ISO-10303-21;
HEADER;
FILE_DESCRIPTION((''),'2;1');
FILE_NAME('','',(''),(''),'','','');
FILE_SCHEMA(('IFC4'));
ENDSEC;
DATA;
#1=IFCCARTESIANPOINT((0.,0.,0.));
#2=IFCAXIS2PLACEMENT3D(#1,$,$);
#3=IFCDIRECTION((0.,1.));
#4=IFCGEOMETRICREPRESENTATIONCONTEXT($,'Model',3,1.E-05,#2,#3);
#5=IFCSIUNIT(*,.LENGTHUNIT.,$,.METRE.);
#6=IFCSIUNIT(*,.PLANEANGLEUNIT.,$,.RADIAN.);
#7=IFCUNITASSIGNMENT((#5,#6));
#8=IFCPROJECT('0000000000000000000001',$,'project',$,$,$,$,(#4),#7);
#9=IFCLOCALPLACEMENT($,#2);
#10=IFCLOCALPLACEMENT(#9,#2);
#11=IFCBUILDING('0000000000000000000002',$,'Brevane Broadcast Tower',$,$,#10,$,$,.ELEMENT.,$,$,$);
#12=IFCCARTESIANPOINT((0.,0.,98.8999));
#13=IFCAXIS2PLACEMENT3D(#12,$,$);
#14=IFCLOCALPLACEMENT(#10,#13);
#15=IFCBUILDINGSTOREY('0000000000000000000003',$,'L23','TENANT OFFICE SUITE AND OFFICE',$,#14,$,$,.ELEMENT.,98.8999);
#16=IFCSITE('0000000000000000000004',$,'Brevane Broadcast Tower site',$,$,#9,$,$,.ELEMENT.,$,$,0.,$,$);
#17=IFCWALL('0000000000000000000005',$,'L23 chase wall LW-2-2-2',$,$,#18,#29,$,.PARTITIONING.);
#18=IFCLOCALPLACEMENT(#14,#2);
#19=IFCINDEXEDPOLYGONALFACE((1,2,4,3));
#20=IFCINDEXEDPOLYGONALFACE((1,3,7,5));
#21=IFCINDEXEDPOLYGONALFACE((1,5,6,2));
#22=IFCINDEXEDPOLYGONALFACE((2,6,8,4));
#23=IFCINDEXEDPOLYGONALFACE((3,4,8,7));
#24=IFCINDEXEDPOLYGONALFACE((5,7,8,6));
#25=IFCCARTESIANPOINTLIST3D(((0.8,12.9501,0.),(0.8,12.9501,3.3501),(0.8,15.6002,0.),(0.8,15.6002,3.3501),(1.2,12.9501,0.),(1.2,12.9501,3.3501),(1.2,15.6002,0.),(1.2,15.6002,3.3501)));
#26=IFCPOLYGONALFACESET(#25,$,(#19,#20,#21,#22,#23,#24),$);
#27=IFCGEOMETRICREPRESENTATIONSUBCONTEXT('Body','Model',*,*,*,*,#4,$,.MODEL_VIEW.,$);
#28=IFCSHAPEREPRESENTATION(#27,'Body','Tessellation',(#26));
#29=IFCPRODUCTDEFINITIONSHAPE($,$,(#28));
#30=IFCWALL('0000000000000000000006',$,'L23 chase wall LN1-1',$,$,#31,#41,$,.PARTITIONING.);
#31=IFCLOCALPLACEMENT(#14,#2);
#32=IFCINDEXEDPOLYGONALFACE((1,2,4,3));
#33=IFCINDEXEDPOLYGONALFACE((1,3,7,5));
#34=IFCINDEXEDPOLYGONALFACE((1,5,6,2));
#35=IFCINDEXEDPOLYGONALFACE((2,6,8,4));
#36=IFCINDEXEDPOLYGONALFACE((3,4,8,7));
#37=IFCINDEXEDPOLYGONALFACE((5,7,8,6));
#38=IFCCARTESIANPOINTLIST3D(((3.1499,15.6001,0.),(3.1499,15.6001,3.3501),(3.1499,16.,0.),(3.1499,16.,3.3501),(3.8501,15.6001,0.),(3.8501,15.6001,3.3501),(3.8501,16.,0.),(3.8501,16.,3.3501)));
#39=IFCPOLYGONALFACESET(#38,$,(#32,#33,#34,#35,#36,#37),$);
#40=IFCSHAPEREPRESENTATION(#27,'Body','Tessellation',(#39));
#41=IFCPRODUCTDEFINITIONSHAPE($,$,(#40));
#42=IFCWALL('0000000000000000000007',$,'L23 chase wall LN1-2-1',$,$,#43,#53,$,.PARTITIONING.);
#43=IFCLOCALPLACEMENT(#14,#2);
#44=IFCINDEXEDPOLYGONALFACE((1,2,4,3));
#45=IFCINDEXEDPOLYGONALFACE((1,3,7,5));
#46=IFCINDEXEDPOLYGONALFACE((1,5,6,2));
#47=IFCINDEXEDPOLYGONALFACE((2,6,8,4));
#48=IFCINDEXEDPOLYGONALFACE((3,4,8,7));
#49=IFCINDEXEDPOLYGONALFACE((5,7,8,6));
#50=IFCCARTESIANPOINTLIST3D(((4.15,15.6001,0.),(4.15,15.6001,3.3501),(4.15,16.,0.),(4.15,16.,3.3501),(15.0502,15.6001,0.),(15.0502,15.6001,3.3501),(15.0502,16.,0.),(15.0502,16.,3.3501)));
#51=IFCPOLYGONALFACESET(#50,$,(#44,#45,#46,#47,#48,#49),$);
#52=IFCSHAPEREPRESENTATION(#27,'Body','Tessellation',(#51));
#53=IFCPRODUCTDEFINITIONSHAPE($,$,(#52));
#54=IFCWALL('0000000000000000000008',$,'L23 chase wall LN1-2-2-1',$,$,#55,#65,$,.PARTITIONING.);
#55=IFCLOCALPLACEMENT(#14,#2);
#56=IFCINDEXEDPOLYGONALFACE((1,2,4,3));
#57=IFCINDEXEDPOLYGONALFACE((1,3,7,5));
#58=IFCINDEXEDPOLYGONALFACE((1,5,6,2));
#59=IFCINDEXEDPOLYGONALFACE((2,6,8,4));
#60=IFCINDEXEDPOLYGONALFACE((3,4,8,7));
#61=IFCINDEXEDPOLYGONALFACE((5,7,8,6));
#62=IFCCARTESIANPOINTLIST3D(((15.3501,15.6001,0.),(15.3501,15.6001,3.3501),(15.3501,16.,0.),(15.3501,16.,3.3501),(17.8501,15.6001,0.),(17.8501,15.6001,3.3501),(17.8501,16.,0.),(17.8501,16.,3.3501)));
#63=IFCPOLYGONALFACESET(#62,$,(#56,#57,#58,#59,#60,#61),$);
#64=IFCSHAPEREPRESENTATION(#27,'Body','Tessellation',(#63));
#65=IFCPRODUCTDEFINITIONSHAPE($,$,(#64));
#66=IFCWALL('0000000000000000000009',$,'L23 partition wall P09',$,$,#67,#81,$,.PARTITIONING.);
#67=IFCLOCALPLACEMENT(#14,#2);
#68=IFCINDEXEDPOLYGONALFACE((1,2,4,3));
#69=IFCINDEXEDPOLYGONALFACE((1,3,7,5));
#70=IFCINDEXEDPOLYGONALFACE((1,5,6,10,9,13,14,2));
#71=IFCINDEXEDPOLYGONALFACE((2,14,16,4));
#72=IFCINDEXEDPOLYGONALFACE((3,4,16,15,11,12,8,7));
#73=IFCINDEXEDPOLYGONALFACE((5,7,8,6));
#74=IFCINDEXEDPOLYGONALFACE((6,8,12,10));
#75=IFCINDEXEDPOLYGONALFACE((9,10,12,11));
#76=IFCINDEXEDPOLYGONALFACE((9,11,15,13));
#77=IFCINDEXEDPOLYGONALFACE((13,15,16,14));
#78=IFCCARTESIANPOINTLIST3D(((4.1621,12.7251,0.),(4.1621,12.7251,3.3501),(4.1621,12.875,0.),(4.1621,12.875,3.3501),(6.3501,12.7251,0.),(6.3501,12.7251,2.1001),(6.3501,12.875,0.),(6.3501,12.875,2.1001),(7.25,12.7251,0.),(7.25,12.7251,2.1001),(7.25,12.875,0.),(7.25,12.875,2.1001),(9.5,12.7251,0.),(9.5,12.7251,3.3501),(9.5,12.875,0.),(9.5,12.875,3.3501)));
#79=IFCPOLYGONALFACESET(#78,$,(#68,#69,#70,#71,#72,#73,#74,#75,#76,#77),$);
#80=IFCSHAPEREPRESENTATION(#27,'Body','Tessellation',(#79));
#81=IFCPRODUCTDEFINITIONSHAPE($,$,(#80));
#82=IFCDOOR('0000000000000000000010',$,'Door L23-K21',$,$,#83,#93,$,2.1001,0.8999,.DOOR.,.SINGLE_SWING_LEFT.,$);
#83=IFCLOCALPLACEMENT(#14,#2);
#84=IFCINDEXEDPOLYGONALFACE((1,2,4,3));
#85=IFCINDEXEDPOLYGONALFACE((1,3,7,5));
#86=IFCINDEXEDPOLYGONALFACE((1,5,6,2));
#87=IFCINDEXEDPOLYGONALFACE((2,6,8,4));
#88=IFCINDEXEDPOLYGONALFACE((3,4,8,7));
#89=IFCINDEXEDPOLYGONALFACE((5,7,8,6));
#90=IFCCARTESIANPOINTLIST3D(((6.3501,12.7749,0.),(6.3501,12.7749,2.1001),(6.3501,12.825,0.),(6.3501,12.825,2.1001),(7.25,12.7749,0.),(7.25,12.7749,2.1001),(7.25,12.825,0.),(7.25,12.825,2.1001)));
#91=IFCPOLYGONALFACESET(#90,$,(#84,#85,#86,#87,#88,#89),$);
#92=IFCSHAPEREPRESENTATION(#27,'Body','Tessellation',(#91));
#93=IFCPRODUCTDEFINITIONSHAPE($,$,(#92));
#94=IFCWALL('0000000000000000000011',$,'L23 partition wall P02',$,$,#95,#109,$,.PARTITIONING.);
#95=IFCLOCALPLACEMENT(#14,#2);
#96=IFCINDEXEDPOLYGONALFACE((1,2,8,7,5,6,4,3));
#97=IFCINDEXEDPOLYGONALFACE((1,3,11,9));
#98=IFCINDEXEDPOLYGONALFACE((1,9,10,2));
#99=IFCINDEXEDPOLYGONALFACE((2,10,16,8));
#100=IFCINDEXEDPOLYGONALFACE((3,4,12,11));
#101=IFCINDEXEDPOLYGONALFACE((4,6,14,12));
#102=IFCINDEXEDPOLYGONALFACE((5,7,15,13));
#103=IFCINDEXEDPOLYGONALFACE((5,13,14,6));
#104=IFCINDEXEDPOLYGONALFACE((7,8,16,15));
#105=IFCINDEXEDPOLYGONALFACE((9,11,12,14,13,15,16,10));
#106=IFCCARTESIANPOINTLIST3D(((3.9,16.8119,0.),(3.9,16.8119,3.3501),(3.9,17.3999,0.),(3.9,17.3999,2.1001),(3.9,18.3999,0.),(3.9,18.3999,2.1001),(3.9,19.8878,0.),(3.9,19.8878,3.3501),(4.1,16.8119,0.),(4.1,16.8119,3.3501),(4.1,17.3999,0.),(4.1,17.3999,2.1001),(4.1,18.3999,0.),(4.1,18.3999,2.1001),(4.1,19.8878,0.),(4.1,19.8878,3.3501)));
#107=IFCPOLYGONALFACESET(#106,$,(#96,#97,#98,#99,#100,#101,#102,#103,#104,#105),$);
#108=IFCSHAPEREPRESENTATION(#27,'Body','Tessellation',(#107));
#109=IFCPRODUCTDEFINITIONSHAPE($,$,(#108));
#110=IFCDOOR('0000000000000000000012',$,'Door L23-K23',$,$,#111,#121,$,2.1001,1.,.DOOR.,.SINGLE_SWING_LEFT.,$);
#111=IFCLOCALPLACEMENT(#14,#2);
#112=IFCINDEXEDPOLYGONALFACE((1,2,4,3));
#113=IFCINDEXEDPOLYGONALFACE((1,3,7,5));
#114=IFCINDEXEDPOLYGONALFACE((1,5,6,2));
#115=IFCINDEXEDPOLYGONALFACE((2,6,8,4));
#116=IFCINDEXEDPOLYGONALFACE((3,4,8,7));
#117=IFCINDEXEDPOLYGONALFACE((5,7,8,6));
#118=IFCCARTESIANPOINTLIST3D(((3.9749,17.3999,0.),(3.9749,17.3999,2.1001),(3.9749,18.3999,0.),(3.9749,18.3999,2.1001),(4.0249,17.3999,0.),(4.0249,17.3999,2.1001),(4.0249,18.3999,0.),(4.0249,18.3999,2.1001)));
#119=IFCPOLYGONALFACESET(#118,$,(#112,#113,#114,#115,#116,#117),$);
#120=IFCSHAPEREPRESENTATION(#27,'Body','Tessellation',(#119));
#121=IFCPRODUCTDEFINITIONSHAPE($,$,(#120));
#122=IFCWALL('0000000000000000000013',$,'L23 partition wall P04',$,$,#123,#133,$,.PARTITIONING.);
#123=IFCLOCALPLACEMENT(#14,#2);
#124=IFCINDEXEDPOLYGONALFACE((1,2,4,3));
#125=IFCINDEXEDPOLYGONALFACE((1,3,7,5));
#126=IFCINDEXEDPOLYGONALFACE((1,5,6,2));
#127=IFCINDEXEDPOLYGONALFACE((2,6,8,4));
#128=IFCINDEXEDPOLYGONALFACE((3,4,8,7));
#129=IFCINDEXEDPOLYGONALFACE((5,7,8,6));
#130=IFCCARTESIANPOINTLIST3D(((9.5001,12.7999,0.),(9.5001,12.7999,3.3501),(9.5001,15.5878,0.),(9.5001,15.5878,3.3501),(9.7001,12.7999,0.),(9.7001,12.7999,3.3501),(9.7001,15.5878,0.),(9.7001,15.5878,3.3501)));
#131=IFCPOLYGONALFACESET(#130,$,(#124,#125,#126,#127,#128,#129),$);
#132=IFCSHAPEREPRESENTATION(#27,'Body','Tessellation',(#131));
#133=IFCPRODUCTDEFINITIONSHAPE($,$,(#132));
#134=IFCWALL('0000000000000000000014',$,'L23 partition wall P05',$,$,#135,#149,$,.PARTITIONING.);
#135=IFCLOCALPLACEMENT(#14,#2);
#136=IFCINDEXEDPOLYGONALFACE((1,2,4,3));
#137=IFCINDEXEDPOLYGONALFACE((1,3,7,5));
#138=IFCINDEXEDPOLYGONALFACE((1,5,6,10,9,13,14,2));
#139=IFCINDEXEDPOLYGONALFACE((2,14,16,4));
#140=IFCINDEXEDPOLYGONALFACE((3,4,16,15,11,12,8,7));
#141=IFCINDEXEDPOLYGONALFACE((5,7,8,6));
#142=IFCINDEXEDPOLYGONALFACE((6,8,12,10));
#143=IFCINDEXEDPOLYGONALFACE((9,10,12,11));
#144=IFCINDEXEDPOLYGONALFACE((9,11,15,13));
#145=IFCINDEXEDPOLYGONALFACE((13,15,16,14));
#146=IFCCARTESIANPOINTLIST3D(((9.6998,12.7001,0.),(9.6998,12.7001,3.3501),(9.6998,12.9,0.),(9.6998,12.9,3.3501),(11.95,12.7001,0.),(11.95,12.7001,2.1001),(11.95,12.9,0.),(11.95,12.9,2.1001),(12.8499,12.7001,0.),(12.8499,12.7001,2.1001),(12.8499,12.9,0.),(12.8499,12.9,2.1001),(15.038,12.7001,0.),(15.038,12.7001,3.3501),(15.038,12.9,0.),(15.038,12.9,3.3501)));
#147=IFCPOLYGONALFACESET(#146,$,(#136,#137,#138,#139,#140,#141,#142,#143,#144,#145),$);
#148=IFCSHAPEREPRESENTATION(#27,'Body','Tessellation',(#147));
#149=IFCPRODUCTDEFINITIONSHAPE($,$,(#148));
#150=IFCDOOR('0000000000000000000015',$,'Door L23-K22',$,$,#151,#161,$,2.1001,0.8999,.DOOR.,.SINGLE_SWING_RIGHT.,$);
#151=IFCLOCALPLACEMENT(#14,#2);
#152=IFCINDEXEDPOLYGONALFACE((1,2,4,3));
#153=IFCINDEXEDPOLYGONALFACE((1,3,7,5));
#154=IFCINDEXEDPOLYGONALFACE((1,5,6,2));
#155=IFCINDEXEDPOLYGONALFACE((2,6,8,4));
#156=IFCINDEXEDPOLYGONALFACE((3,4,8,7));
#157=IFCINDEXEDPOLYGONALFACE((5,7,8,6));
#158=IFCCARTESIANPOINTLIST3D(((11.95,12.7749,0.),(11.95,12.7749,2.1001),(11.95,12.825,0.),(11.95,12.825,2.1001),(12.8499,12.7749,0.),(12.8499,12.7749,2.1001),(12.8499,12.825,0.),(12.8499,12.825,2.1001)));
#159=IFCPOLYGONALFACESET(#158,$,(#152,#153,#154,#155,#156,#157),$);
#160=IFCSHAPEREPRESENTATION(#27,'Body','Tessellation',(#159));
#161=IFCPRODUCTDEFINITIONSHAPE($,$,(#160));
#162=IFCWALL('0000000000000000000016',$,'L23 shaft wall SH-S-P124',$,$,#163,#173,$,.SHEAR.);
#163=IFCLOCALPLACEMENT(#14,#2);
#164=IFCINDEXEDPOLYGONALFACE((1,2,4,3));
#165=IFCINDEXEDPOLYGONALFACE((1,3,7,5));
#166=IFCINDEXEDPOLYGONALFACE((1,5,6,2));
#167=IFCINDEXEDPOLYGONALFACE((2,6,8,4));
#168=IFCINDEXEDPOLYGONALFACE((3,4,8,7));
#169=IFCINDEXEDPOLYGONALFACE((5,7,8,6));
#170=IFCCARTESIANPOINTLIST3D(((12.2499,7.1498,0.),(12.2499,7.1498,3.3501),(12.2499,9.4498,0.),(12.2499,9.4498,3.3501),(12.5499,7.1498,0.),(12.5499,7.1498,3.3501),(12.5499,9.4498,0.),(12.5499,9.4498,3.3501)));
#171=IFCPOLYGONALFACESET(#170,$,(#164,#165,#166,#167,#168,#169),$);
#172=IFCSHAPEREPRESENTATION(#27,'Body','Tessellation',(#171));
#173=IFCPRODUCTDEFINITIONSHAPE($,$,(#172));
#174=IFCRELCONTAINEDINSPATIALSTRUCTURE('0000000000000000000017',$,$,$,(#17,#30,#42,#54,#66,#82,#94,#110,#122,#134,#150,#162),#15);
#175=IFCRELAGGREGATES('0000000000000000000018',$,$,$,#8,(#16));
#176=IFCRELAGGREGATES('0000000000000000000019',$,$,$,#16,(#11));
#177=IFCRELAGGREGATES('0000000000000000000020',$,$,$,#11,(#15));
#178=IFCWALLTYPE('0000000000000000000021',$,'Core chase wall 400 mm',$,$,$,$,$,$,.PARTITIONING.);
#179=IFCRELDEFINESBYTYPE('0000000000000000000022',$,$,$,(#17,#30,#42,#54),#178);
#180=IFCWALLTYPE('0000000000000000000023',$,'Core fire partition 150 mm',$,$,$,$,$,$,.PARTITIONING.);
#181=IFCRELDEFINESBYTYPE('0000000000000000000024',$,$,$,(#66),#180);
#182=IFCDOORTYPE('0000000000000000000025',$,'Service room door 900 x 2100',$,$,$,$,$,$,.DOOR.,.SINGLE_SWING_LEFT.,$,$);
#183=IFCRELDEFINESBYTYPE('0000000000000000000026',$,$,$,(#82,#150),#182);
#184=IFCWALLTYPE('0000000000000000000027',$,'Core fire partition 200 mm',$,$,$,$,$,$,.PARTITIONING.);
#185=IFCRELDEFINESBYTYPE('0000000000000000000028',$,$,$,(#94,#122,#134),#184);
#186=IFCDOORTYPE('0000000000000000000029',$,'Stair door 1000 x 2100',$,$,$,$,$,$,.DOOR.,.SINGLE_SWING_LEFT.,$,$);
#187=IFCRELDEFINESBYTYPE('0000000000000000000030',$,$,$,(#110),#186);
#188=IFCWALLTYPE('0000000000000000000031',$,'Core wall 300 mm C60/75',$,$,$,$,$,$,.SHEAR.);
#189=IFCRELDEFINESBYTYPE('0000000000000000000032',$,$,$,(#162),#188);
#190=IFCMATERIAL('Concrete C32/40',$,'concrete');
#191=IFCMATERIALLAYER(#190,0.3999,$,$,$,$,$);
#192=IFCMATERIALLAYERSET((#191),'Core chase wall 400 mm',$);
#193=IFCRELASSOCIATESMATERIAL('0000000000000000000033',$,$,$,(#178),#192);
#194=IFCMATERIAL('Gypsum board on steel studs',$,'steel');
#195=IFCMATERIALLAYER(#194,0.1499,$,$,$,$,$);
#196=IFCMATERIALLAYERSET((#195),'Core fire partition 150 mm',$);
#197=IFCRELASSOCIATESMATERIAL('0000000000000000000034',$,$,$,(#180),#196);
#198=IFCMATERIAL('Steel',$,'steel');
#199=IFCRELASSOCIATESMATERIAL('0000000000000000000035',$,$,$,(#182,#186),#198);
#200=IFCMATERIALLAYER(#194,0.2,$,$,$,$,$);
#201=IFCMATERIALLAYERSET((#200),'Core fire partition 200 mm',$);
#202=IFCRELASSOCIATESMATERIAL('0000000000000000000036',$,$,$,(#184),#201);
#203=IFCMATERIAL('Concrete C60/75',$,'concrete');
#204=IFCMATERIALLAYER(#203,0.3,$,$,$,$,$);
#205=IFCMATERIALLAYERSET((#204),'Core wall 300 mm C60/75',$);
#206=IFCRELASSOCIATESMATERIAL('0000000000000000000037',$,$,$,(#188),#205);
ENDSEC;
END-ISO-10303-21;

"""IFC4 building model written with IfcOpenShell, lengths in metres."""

from ifc_helpers import new_model, si_unit, direction, frame, frame_2d, origin, place, context, subcontext, project, spatial, rectangle, extrude, material, layer, layer_set, type_object, element, fill, save


model = new_model("IFC4")

# Units and contexts
model_context = context("Model", 3, precision=1e-05, world=origin(), true_north=direction((0.0, 1.0)))
body_context = subcontext(model_context, "Body", "Model", "MODEL_VIEW")
ifc_project = project(units=[si_unit("LENGTHUNIT", "METRE"), si_unit("PLANEANGLEUNIT", "RADIAN")], contexts=[model_context])

# Site, building, storey
site_placement = place(None, origin())
site = spatial("IfcSite", under=ifc_project, at=site_placement, Name="Brevane Broadcast Tower site", CompositionType="ELEMENT", RefElevation=0.0)
building_placement = place(site_placement, origin())
building = spatial("IfcBuilding", under=site, at=building_placement, Name="Brevane Broadcast Tower", CompositionType="ELEMENT")
storey_placement = place(building_placement, frame((0.0, 0.0, 98.8999)))
storey = spatial("IfcBuildingStorey", under=building, at=storey_placement, Name="L23", Description="TENANT OFFICE SUITE AND OFFICE", CompositionType="ELEMENT", Elevation=98.8999)

# Walls
ifc_material_1 = material(Name="Concrete C32/40", Category="concrete")
ifc_layer_1 = layer(ifc_material_1, 0.3999)
ifc_layer_set_1 = layer_set([ifc_layer_1], Name="Core chase wall 400 mm")
wall_type_1 = type_object("IfcWallType", Name="Core chase wall 400 mm", PredefinedType="PARTITIONING", material=ifc_layer_set_1)
wall_1_placement = place(storey_placement, frame((1.0, 12.95, 0.0), z_axis=(0.0, 0.0, 1.0), x_axis=(0.0, 1.0, 0.0)))
element("IfcWall", 1, at=wall_1_placement, inside=storey, type_object=wall_type_1, Name="L23 chase wall LW-2-2-2", PredefinedType="PARTITIONING", context=body_context, shape_type="SweptSolid", body=[
    extrude(rectangle(XDim=2.6501, YDim=0.3999, at=frame_2d((1.3252, 0.0))), origin(), (0.0, 0.0, 1.0), 3.3501),
])
wall_2_placement = place(storey_placement, frame((3.1499, 15.8, 0.0), z_axis=(0.0, 0.0, 1.0), x_axis=(1.0, 0.0, 0.0)))
element("IfcWall", 2, at=wall_2_placement, inside=storey, type_object=wall_type_1, Name="L23 chase wall LN1-1", PredefinedType="PARTITIONING", context=body_context, shape_type="SweptSolid", body=[
    extrude(rectangle(XDim=0.7002, YDim=0.3999, at=frame_2d((0.3501, 0.0))), origin(), (0.0, 0.0, 1.0), 3.3501),
])
wall_3_placement = place(storey_placement, frame((4.1499, 15.8, 0.0), z_axis=(0.0, 0.0, 1.0), x_axis=(1.0, 0.0, 0.0)))
element("IfcWall", 3, at=wall_3_placement, inside=storey, type_object=wall_type_1, Name="L23 chase wall LN1-2-1", PredefinedType="PARTITIONING", context=body_context, shape_type="SweptSolid", body=[
    extrude(rectangle(XDim=10.9001, YDim=0.3999, at=frame_2d((5.4502, 0.0))), origin(), (0.0, 0.0, 1.0), 3.3501),
])
wall_4_placement = place(storey_placement, frame((15.3501, 15.8, 0.0), z_axis=(0.0, 0.0, 1.0), x_axis=(1.0, 0.0, 0.0)))
element("IfcWall", 4, at=wall_4_placement, inside=storey, type_object=wall_type_1, Name="L23 chase wall LN1-2-2-1", PredefinedType="PARTITIONING", context=body_context, shape_type="SweptSolid", body=[
    extrude(rectangle(XDim=2.5, YDim=0.3999, at=frame_2d((1.25, 0.0))), origin(), (0.0, 0.0, 1.0), 3.3501),
])

# Walls, openings, doors
ifc_material_2 = material(Name="Gypsum board on steel studs", Category="steel")
ifc_layer_2 = layer(ifc_material_2, 0.1499)
ifc_layer_set_2 = layer_set([ifc_layer_2], Name="Core fire partition 150 mm")
wall_type_2 = type_object("IfcWallType", Name="Core fire partition 150 mm", PredefinedType="PARTITIONING", material=ifc_layer_set_2)
wall_5_placement = place(storey_placement, frame((4.1621, 12.8, 0.0), z_axis=(0.0, 0.0, 1.0), x_axis=(1.0, 0.0, 0.0)))
wall_5 = element("IfcWall", 5, at=wall_5_placement, inside=storey, type_object=wall_type_2, Name="L23 partition wall P09", PredefinedType="PARTITIONING", context=body_context, shape_type="SweptSolid", body=[
    extrude(rectangle(XDim=5.3379, YDim=0.1499, at=frame_2d((2.6689, 0.0))), origin(), (0.0, 0.0, 1.0), 3.3501),
])
opening_1_placement = place(wall_5_placement, frame((2.188, 0.0, 0.0)))
opening_1 = element("IfcOpeningElement", 6, at=opening_1_placement, cuts=wall_5, PredefinedType="OPENING", context=body_context, shape_type="SweptSolid", body=[
    extrude(rectangle(XDim=0.8999, YDim=2.1001, at=frame_2d((0.45, 1.05))), frame((0.0, 0.085, 0.0), z_axis=(0.0, -1.0, 0.0), x_axis=(1.0, 0.0, 0.0)), (0.0, 0.0, 1.0), 0.1699),
])
ifc_material_3 = material(Name="Steel", Category="steel")
door_type_1 = type_object("IfcDoorType", Name="Service room door 900 x 2100", OperationType="SINGLE_SWING_LEFT", PredefinedType="DOOR", material=ifc_material_3)
door_1_placement = place(opening_1_placement, origin())
door_1 = element("IfcDoor", 7, at=door_1_placement, inside=storey, type_object=door_type_1, Name="Door L23-K21", OperationType="SINGLE_SWING_LEFT", OverallHeight=2.1001, OverallWidth=0.8999, PredefinedType="DOOR", context=body_context, shape_type="SweptSolid", body=[
    extrude(rectangle(XDim=0.8999, YDim=2.1001, at=frame_2d((0.45, 1.05))), frame((0.0, 0.0249, 0.0), z_axis=(0.0, -1.0, 0.0), x_axis=(1.0, 0.0, 0.0)), (0.0, 0.0, 1.0), 0.05),
])
fill(opening_1, door_1)
ifc_layer_3 = layer(ifc_material_2, 0.2)
ifc_layer_set_3 = layer_set([ifc_layer_3], Name="Core fire partition 200 mm")
wall_type_3 = type_object("IfcWallType", Name="Core fire partition 200 mm", PredefinedType="PARTITIONING", material=ifc_layer_set_3)
wall_6_placement = place(storey_placement, frame((4.0, 19.8879, 0.0), z_axis=(0.0, 0.0, 1.0), x_axis=(0.0, -1.0, 0.0)))
wall_6 = element("IfcWall", 8, at=wall_6_placement, inside=storey, type_object=wall_type_3, Name="L23 partition wall P02", PredefinedType="PARTITIONING", context=body_context, shape_type="SweptSolid", body=[
    extrude(rectangle(XDim=3.0759, YDim=0.2, at=frame_2d((1.5381, 0.0))), origin(), (0.0, 0.0, 1.0), 3.3501),
])
opening_2_placement = place(wall_6_placement, frame((1.488, 0.0, 0.0)))
opening_2 = element("IfcOpeningElement", 9, at=opening_2_placement, cuts=wall_6, PredefinedType="OPENING", context=body_context, shape_type="SweptSolid", body=[
    extrude(rectangle(XDim=1.0, YDim=2.1001, at=frame_2d((0.5, 1.05))), frame((0.0, 0.1099, 0.0), z_axis=(0.0, -1.0, 0.0), x_axis=(1.0, 0.0, 0.0)), (0.0, 0.0, 1.0), 0.22),
])
door_type_2 = type_object("IfcDoorType", Name="Stair door 1000 x 2100", OperationType="SINGLE_SWING_LEFT", PredefinedType="DOOR", material=ifc_material_3)
door_2_placement = place(opening_2_placement, origin())
door_2 = element("IfcDoor", 10, at=door_2_placement, inside=storey, type_object=door_type_2, Name="Door L23-K23", OperationType="SINGLE_SWING_LEFT", OverallHeight=2.1001, OverallWidth=1.0, PredefinedType="DOOR", context=body_context, shape_type="SweptSolid", body=[
    extrude(rectangle(XDim=1.0, YDim=2.1001, at=frame_2d((0.5, 1.05))), frame((0.0, 0.0249, 0.0), z_axis=(0.0, -1.0, 0.0), x_axis=(1.0, 0.0, 0.0)), (0.0, 0.0, 1.0), 0.05),
])
fill(opening_2, door_2)

# Wall
wall_7_placement = place(storey_placement, frame((9.6001, 15.5879, 0.0), z_axis=(0.0, 0.0, 1.0), x_axis=(0.0, -1.0, 0.0)))
element("IfcWall", 11, at=wall_7_placement, inside=storey, type_object=wall_type_3, Name="L23 partition wall P04", PredefinedType="PARTITIONING", context=body_context, shape_type="SweptSolid", body=[
    extrude(rectangle(XDim=2.7878, YDim=0.2, at=frame_2d((1.394, 0.0))), origin(), (0.0, 0.0, 1.0), 3.3501),
])

# Wall, opening, door
wall_8_placement = place(storey_placement, frame((9.7, 12.8, 0.0), z_axis=(0.0, 0.0, 1.0), x_axis=(1.0, 0.0, 0.0)))
wall_8 = element("IfcWall", 12, at=wall_8_placement, inside=storey, type_object=wall_type_3, Name="L23 partition wall P05", PredefinedType="PARTITIONING", context=body_context, shape_type="SweptSolid", body=[
    extrude(rectangle(XDim=5.3381, YDim=0.2, at=frame_2d((2.6689, 0.0))), origin(), (0.0, 0.0, 1.0), 3.3501),
])
opening_3_placement = place(wall_8_placement, frame((2.25, 0.0, 0.0)))
opening_3 = element("IfcOpeningElement", 13, at=opening_3_placement, cuts=wall_8, PredefinedType="OPENING", context=body_context, shape_type="SweptSolid", body=[
    extrude(rectangle(XDim=0.8999, YDim=2.1001, at=frame_2d((0.45, 1.05))), frame((0.0, 0.1099, 0.0), z_axis=(0.0, -1.0, 0.0), x_axis=(1.0, 0.0, 0.0)), (0.0, 0.0, 1.0), 0.22),
])
door_3_placement = place(opening_3_placement, origin())
door_3 = element("IfcDoor", 14, at=door_3_placement, inside=storey, type_object=door_type_1, Name="Door L23-K22", OperationType="SINGLE_SWING_RIGHT", OverallHeight=2.1001, OverallWidth=0.8999, PredefinedType="DOOR", context=body_context, shape_type="SweptSolid", body=[
    extrude(rectangle(XDim=0.8999, YDim=2.1001, at=frame_2d((0.45, 1.05))), frame((0.0, 0.0249, 0.0), z_axis=(0.0, -1.0, 0.0), x_axis=(1.0, 0.0, 0.0)), (0.0, 0.0, 1.0), 0.05),
])
fill(opening_3, door_3)

# Wall
ifc_material_4 = material(Name="Concrete C60/75", Category="concrete")
ifc_layer_4 = layer(ifc_material_4, 0.3)
ifc_layer_set_4 = layer_set([ifc_layer_4], Name="Core wall 300 mm C60/75")
wall_type_4 = type_object("IfcWallType", Name="Core wall 300 mm C60/75", PredefinedType="SHEAR", material=ifc_layer_set_4)
for number, where, z_axis, x_axis, name in (
    (15, (12.3999, 7.1499, 0.0), (0.0, 0.0, 1.0), (0.0, 1.0, 0.0), "L23 shaft wall SH-S-P124"),
):
    element("IfcWall", number, at=place(storey_placement, frame(where, z_axis=z_axis, x_axis=x_axis)), inside=storey, type_object=wall_type_4, Name=name, PredefinedType="SHEAR", context=body_context, shape_type="SweptSolid", body=[
        extrude(rectangle(XDim=2.3, YDim=0.3, at=frame_2d((1.1499, 0.0))), origin(), (0.0, 0.0, 1.0), 3.3501),
    ])

save(model, "model.ifc")
